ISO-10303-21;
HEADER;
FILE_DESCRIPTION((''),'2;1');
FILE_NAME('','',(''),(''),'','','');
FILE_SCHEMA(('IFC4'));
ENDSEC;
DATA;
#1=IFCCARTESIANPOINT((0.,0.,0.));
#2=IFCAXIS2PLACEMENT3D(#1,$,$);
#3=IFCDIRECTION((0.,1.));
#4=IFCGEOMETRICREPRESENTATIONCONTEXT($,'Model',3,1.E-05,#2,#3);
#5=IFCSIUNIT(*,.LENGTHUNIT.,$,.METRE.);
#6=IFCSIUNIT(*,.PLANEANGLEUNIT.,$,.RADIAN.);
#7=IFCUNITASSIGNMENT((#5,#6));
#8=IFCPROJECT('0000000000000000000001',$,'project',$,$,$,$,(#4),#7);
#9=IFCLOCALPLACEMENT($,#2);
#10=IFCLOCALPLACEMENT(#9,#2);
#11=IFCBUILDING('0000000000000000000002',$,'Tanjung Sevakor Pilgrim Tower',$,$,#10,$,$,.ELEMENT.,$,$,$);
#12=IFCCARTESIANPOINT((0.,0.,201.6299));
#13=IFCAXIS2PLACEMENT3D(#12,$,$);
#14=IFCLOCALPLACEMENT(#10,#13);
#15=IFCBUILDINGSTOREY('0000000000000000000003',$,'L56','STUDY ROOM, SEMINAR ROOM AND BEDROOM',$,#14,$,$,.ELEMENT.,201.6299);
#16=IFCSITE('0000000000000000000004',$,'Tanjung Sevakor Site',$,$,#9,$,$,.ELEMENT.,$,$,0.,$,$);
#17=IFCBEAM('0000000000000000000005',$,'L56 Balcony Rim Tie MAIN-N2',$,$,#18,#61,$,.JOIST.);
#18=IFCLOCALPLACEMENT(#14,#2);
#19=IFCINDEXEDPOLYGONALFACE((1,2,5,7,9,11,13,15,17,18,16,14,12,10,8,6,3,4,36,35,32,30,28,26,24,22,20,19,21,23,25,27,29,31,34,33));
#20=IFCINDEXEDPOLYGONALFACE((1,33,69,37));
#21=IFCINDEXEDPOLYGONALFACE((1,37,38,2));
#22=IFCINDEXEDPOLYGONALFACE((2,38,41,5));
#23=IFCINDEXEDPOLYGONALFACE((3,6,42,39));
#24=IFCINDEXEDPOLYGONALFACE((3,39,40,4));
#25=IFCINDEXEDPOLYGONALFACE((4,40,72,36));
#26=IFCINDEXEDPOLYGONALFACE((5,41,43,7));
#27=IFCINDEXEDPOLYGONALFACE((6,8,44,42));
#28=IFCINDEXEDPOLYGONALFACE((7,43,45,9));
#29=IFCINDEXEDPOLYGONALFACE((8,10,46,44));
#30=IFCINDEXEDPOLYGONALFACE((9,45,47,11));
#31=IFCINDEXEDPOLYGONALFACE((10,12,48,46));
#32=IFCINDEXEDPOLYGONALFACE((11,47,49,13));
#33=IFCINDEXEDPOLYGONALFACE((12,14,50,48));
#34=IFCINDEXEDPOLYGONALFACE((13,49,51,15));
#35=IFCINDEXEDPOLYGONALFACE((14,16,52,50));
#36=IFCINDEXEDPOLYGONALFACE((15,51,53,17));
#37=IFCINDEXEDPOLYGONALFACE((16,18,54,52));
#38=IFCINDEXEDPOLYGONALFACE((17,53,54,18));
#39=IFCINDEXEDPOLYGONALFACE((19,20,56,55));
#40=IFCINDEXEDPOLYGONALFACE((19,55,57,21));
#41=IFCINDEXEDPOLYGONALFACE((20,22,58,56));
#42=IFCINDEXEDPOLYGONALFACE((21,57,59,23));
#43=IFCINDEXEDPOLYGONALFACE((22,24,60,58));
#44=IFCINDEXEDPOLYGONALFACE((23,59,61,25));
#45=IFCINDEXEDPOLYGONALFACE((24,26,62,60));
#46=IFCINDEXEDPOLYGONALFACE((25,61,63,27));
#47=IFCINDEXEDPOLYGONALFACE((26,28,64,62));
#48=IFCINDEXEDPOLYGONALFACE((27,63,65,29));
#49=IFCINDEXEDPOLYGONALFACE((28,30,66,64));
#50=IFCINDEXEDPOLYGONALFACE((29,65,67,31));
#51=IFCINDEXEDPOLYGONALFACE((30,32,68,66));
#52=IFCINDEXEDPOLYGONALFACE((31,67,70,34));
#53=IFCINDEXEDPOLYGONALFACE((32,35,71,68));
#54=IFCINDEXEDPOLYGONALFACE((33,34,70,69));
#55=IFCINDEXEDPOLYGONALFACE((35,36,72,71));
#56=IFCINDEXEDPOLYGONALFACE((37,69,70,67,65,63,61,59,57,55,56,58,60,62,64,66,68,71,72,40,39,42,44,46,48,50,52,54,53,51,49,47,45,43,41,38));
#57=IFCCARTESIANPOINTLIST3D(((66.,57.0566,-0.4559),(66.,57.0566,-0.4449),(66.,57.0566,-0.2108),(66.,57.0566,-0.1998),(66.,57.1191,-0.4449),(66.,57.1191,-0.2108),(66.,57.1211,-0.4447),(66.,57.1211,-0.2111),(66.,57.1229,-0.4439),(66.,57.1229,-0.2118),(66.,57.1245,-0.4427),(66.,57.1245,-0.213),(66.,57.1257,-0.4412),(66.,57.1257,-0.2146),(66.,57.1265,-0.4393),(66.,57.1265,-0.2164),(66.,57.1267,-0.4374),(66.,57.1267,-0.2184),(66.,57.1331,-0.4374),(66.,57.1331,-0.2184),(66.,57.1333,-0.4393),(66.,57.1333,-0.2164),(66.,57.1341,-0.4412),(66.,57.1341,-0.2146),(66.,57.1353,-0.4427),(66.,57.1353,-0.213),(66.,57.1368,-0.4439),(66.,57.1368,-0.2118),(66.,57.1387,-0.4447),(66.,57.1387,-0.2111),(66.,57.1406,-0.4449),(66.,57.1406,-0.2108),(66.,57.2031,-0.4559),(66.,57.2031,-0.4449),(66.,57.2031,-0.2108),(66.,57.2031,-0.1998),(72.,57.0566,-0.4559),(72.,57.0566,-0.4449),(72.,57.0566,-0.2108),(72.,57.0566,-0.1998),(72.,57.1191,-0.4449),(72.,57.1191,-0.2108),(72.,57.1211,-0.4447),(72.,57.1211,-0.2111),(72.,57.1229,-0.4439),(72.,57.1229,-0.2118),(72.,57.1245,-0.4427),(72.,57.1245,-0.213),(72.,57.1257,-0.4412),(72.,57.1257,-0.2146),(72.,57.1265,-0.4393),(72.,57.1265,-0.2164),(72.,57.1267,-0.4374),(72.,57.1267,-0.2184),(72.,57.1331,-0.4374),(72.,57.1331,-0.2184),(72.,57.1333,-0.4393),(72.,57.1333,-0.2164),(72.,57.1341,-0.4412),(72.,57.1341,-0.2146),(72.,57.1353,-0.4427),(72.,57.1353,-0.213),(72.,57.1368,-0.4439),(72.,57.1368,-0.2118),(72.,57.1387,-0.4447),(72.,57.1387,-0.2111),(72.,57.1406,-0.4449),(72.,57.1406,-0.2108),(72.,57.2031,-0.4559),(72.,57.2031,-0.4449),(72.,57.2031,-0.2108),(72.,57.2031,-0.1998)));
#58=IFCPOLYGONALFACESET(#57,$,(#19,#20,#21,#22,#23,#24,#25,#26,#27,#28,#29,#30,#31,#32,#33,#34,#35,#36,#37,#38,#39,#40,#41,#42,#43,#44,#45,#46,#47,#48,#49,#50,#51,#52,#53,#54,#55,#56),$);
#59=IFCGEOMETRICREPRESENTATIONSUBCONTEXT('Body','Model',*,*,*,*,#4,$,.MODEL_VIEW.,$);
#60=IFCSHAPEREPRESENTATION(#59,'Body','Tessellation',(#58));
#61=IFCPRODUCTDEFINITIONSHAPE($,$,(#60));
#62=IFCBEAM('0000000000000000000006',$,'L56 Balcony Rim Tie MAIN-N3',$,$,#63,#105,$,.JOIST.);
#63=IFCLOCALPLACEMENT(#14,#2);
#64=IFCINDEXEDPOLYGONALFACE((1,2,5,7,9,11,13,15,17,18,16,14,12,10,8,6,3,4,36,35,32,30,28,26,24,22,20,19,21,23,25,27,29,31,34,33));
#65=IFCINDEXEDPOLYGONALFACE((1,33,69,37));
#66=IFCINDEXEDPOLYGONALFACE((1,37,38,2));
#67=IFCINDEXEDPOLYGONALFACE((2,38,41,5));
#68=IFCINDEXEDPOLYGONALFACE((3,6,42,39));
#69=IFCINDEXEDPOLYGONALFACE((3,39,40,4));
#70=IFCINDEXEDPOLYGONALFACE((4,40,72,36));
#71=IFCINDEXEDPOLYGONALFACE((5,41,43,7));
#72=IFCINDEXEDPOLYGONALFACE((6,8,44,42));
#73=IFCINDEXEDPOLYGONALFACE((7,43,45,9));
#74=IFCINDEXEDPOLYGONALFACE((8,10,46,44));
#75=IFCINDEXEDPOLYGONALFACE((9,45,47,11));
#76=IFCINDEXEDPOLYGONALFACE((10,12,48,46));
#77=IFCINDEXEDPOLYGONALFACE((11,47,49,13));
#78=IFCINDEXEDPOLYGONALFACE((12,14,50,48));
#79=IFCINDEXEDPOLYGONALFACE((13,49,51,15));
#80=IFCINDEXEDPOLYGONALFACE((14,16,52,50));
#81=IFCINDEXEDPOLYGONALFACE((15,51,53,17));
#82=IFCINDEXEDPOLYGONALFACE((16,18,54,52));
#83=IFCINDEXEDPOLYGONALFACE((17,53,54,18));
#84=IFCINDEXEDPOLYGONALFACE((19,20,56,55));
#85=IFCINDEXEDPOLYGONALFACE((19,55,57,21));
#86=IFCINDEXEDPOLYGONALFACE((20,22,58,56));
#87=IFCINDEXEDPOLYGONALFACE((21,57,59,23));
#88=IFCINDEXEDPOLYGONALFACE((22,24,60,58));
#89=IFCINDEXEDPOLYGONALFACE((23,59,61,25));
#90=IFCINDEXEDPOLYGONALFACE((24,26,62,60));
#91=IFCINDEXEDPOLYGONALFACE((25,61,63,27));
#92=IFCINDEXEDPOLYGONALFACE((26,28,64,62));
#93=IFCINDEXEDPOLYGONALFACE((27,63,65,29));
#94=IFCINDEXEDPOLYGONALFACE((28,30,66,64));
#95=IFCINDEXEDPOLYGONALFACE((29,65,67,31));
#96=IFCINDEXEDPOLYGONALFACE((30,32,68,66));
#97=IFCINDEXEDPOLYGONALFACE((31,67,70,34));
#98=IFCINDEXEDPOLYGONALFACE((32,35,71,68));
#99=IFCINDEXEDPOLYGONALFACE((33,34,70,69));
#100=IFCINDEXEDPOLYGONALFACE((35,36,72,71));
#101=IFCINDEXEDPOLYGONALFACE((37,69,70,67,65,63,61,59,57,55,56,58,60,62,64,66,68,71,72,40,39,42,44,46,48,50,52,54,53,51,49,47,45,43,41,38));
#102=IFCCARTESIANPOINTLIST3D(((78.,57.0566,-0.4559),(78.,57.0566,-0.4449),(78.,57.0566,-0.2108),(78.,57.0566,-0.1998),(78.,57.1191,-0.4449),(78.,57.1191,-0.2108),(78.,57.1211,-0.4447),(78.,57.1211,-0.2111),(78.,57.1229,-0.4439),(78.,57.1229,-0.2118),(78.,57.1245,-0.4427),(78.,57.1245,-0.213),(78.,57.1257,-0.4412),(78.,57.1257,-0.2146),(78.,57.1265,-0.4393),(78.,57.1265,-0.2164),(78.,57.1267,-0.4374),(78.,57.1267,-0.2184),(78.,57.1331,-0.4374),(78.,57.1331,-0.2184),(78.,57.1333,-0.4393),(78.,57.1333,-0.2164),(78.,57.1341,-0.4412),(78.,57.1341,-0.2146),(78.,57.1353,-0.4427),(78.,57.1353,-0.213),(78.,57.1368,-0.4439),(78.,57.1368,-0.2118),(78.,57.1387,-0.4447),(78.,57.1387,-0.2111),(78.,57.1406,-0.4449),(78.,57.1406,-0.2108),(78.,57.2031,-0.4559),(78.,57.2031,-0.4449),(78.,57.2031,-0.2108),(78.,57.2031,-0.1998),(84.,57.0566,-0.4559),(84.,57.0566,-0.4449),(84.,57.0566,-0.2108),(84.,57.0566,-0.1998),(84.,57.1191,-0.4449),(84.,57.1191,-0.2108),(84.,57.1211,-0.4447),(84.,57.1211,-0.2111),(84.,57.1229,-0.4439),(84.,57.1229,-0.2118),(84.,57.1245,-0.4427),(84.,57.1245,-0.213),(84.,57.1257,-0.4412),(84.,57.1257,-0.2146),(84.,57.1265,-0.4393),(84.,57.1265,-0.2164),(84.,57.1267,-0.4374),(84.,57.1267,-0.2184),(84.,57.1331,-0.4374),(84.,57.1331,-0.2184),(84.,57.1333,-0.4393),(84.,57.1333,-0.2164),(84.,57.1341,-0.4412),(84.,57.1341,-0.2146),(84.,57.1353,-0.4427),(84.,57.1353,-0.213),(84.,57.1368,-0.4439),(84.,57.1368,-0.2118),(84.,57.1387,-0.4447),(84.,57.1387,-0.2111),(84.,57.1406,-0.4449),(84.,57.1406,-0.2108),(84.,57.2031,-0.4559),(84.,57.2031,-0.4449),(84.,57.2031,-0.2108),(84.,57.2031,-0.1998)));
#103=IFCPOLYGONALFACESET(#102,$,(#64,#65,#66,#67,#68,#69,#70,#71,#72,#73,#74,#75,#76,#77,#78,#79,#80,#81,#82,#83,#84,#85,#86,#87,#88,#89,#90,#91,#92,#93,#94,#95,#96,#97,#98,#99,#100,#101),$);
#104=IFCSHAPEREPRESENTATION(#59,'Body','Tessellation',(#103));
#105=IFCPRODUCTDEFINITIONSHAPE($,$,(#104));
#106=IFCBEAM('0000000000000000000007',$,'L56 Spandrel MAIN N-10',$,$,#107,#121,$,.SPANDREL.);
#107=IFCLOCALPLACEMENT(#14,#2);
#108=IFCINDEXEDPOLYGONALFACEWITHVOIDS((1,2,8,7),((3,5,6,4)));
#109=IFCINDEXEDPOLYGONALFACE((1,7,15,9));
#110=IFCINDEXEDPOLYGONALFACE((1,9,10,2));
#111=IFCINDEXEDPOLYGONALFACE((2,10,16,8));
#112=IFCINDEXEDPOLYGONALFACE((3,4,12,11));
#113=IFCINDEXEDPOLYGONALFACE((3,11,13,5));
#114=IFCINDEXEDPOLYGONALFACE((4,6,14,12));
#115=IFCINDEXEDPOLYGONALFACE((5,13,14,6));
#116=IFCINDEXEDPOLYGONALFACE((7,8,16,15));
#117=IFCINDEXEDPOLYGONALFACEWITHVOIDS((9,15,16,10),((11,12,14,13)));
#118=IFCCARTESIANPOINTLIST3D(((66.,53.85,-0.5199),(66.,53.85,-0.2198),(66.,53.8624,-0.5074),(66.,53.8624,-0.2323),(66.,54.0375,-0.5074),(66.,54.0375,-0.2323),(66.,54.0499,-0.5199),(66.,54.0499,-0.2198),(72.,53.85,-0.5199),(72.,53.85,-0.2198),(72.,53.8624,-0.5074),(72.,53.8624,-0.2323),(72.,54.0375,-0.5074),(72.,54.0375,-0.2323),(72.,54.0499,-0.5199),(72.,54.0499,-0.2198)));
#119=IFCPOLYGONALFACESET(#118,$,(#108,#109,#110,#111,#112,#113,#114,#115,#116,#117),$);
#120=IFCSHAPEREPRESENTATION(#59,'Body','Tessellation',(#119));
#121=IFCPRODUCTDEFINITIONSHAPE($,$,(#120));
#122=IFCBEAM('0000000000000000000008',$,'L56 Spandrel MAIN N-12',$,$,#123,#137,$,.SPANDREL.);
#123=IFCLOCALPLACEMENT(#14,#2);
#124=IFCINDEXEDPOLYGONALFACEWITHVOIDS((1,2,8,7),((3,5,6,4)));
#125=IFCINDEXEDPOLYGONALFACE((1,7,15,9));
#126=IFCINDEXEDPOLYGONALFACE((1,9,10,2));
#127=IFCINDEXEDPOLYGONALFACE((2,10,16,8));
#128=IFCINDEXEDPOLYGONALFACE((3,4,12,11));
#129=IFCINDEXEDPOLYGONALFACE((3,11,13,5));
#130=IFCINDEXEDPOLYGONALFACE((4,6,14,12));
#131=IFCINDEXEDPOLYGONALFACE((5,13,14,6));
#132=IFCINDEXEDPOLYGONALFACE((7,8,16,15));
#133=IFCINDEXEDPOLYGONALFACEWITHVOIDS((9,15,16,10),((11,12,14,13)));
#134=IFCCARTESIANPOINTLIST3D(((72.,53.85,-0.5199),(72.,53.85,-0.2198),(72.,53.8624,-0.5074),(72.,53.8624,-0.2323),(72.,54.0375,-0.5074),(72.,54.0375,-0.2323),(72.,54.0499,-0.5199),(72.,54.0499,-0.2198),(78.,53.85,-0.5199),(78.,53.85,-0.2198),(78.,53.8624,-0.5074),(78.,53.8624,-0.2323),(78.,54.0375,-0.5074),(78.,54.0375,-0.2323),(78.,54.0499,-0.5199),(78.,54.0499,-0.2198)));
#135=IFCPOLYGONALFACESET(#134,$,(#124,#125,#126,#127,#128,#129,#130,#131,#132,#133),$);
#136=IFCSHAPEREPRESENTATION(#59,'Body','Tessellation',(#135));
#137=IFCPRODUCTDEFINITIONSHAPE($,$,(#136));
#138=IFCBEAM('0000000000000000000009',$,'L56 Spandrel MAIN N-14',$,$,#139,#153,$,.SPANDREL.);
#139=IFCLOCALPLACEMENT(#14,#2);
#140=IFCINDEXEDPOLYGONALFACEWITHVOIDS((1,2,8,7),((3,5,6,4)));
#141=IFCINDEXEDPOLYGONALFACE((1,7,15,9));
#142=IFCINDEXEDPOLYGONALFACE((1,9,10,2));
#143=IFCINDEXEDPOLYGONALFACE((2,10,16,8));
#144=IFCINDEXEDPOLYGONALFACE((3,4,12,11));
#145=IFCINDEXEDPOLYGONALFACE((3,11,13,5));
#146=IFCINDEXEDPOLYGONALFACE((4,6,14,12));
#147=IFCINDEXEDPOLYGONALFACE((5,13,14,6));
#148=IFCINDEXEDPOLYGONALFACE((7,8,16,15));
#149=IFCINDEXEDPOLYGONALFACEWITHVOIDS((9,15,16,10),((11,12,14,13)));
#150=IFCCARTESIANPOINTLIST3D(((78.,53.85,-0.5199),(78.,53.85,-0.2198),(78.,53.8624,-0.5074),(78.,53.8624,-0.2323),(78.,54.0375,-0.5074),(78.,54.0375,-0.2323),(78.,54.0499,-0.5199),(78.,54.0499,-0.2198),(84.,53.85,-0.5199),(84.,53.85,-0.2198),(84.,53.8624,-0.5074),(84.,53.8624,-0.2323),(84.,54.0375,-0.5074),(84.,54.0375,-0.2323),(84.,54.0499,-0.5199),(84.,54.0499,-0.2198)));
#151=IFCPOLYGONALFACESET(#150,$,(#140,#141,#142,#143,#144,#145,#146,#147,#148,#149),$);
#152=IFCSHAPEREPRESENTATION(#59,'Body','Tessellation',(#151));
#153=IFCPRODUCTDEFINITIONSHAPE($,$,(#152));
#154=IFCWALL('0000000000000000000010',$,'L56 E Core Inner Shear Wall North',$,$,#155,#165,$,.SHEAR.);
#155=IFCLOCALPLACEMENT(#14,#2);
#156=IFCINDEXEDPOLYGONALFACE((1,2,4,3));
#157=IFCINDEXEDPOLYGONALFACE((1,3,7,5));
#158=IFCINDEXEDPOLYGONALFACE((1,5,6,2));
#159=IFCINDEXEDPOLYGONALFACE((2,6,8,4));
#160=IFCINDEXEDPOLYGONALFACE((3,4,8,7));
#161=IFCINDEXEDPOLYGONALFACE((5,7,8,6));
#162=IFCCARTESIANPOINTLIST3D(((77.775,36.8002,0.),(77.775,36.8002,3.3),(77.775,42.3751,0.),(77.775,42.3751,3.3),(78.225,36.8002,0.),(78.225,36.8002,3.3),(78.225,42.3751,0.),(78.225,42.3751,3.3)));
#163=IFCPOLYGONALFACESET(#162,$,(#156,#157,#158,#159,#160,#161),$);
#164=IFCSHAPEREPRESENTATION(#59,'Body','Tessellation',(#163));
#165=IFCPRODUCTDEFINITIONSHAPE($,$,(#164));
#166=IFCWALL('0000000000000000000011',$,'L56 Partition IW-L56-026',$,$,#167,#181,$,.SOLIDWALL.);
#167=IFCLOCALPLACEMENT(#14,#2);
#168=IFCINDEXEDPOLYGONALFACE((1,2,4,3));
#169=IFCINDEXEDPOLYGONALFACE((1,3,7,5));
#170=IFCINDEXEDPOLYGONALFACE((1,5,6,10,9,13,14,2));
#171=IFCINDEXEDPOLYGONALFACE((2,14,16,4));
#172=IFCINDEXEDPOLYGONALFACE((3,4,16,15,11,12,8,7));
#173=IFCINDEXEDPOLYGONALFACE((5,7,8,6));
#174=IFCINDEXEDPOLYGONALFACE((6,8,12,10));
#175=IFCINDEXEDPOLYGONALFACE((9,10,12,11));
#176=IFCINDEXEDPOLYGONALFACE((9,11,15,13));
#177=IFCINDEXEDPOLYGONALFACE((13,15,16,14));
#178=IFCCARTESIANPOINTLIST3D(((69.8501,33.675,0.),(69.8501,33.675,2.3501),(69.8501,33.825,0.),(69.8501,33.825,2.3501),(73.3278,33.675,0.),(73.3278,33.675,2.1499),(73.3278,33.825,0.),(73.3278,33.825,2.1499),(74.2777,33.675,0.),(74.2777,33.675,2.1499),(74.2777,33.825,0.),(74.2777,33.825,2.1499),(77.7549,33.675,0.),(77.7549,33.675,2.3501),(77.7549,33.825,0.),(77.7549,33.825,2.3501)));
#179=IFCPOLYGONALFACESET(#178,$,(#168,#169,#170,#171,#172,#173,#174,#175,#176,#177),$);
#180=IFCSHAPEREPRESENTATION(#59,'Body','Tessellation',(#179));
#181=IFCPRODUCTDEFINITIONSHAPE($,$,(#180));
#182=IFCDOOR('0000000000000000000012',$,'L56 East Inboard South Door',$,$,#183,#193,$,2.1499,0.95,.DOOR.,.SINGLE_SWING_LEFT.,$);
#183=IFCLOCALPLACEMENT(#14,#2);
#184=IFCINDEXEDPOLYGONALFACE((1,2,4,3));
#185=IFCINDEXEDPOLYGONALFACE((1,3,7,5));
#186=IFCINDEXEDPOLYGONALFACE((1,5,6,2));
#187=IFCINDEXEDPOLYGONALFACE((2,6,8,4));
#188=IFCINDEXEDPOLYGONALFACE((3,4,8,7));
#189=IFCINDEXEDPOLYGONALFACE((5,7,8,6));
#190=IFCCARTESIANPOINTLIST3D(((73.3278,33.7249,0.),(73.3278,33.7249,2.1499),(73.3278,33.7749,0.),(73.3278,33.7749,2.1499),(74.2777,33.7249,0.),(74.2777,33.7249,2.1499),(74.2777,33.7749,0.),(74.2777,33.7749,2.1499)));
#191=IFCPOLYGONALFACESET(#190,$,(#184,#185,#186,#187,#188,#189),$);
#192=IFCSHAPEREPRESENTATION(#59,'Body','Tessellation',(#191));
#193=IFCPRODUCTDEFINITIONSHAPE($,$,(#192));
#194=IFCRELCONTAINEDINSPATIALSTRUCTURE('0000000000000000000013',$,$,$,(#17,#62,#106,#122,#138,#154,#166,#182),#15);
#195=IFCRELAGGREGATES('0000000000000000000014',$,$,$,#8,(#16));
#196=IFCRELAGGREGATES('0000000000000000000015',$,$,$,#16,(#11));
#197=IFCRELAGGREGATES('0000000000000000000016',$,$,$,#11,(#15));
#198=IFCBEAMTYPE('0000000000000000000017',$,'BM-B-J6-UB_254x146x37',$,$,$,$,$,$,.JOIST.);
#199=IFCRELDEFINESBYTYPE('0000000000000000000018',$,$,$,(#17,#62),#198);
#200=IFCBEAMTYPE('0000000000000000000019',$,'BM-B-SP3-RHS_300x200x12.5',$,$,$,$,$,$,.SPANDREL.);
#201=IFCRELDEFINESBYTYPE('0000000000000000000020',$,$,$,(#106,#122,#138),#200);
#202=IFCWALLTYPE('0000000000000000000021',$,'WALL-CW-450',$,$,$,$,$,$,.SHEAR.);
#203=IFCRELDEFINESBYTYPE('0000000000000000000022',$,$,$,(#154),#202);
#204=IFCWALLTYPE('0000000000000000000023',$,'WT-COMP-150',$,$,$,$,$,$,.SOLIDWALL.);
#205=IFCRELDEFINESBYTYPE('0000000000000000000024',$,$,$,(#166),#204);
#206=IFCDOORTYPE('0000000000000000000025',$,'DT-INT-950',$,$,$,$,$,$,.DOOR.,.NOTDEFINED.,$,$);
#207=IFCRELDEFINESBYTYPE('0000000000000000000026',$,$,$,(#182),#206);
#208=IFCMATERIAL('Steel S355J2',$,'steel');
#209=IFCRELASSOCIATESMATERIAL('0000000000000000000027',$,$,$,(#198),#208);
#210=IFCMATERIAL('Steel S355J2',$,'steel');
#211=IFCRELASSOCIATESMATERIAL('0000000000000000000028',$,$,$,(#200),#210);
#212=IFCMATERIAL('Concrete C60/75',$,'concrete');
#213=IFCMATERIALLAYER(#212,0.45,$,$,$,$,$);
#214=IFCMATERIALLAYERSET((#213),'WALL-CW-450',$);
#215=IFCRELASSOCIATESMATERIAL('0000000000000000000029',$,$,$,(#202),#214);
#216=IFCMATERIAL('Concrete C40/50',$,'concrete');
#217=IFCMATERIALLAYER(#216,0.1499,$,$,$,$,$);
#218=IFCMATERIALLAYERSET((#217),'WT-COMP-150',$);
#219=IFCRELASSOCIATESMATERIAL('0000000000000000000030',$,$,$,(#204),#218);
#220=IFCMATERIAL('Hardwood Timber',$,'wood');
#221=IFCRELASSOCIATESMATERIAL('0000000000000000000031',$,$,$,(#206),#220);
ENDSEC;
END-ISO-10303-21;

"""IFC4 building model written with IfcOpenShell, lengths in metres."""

from ifc_helpers import new_model, si_unit, direction, frame, frame_2d, origin, origin_2d, place, context, subcontext, project, spatial, rectangle, hollow_rectangle, i_section, extrude, material, layer, layer_set, material_profile, profile_set, type_object, element, fill, save


model = new_model("IFC4")

# Units and contexts
model_context = context("Model", 3, precision=1e-05, world=origin(), true_north=direction((0.0, 1.0)))
body_context = subcontext(model_context, "Body", "Model", "MODEL_VIEW")
ifc_project = project(units=[si_unit("LENGTHUNIT", "METRE"), si_unit("PLANEANGLEUNIT", "RADIAN")], contexts=[model_context])

# Site, building, storey
site_placement = place(None, origin())
site = spatial("IfcSite", under=ifc_project, at=site_placement, Name="Tanjung Sevakor Site", CompositionType="ELEMENT", RefElevation=0.0)
building_placement = place(site_placement, origin())
building = spatial("IfcBuilding", under=site, at=building_placement, Name="Tanjung Sevakor Pilgrim Tower", CompositionType="ELEMENT")
storey_placement = place(building_placement, frame((0.0, 0.0, 201.6299)))
storey = spatial("IfcBuildingStorey", under=building, at=storey_placement, Name="L56", Description="STUDY ROOM, SEMINAR ROOM AND BEDROOM", CompositionType="ELEMENT", Elevation=201.6299)

# Beams
ifc_material_1 = material(Name="Steel S355J2", Category="steel")
ifc_material_profile_1 = material_profile(ifc_material_1, i_section(OverallWidth=0.1465, OverallDepth=0.2561, WebThickness=0.0063, FlangeThickness=0.011, FilletRadius=0.0076, at=origin_2d()))
ifc_profile_set_1 = profile_set([ifc_material_profile_1], Name="Steel S355J2")
beam_type_1 = type_object("IfcBeamType", Name="BM-B-J6-UB_254x146x37", PredefinedType="JOIST", material=ifc_profile_set_1)
for number, where, z_axis, x_axis, name in (
    (1, (66.0, 57.1299, -0.3279), (1.0, 0.0, 0.0), (0.0, 1.0, 0.0), "L56 Balcony Rim Tie MAIN-N2"),
    (2, (78.0, 57.1299, -0.3279), (1.0, 0.0, 0.0), (0.0, 1.0, 0.0), "L56 Balcony Rim Tie MAIN-N3"),
):
    element("IfcBeam", number, at=place(storey_placement, frame(where, z_axis=z_axis, x_axis=x_axis)), inside=storey, type_object=beam_type_1, Name=name, PredefinedType="JOIST", context=body_context, shape_type="SweptSolid", body=[
        extrude(i_section(OverallWidth=0.1465, OverallDepth=0.2561, WebThickness=0.0063, FlangeThickness=0.011, FilletRadius=0.0076, at=origin_2d()), origin(), (0.0, 0.0, 1.0), 6.0),
    ])
ifc_material_2 = material(Name="Steel S355J2", Category="steel")
ifc_material_profile_2 = material_profile(ifc_material_2, hollow_rectangle(XDim=0.2, YDim=0.3, WallThickness=0.0125, at=origin_2d()))
ifc_profile_set_2 = profile_set([ifc_material_profile_2], Name="Steel S355J2")
beam_type_2 = type_object("IfcBeamType", Name="BM-B-SP3-RHS_300x200x12.5", PredefinedType="SPANDREL", material=ifc_profile_set_2)
for number, where, z_axis, x_axis, name in (
    (3, (66.0, 53.95, -0.3699), (1.0, 0.0, 0.0), (0.0, 1.0, 0.0), "L56 Spandrel MAIN N-10"),
    (4, (72.0, 53.95, -0.3699), (1.0, 0.0, 0.0), (0.0, 1.0, 0.0), "L56 Spandrel MAIN N-12"),
    (5, (78.0, 53.95, -0.3699), (1.0, 0.0, 0.0), (0.0, 1.0, 0.0), "L56 Spandrel MAIN N-14"),
):
    element("IfcBeam", number, at=place(storey_placement, frame(where, z_axis=z_axis, x_axis=x_axis)), inside=storey, type_object=beam_type_2, Name=name, PredefinedType="SPANDREL", context=body_context, shape_type="SweptSolid", body=[
        extrude(hollow_rectangle(XDim=0.2, YDim=0.3, WallThickness=0.0125, at=origin_2d()), origin(), (0.0, 0.0, 1.0), 6.0),
    ])

# Wall
ifc_material_3 = material(Name="Concrete C60/75", Category="concrete")
ifc_layer_1 = layer(ifc_material_3, 0.45)
ifc_layer_set_1 = layer_set([ifc_layer_1], Name="WALL-CW-450")
wall_type_1 = type_object("IfcWallType", Name="WALL-CW-450", PredefinedType="SHEAR", material=ifc_layer_set_1)
wall_1_placement = place(storey_placement, frame((78.0, 36.8, 0.0), z_axis=(0.0, 0.0, 1.0), x_axis=(0.0, 1.0, 0.0)))
element("IfcWall", 6, at=wall_1_placement, inside=storey, type_object=wall_type_1, Name="L56 E Core Inner Shear Wall North", PredefinedType="SHEAR", context=body_context, shape_type="SweptSolid", body=[
    extrude(rectangle(XDim=5.575, YDim=0.45, at=frame_2d((2.7876, 0.0))), origin(), (0.0, 0.0, 1.0), 3.3),
])

# Wall, opening, door
ifc_material_4 = material(Name="Concrete C40/50", Category="concrete")
ifc_layer_2 = layer(ifc_material_4, 0.1499)
ifc_layer_set_2 = layer_set([ifc_layer_2], Name="WT-COMP-150")
wall_type_2 = type_object("IfcWallType", Name="WT-COMP-150", PredefinedType="SOLIDWALL", material=ifc_layer_set_2)
wall_2_placement = place(storey_placement, frame((69.8501, 33.75, 0.0), z_axis=(0.0, 0.0, 1.0), x_axis=(1.0, 0.0, 0.0)))
wall_2 = element("IfcWall", 7, at=wall_2_placement, inside=storey, type_object=wall_type_2, Name="L56 Partition IW-L56-026", PredefinedType="SOLIDWALL", context=body_context, shape_type="SweptSolid", body=[
    extrude(rectangle(XDim=7.9048, YDim=0.1499, at=frame_2d((3.9524, 0.0))), origin(), (0.0, 0.0, 1.0), 2.3501),
])
opening_1_placement = place(wall_2_placement, frame((3.4775, 0.0, 0.0)))
opening_1 = element("IfcOpeningElement", 8, at=opening_1_placement, cuts=wall_2, PredefinedType="OPENING", context=body_context, shape_type="SweptSolid", body=[
    extrude(rectangle(XDim=0.95, YDim=2.1499, at=frame_2d((0.4751, 1.075))), frame((0.0, 0.085, 0.0), z_axis=(0.0, -1.0, 0.0), x_axis=(1.0, 0.0, 0.0)), (0.0, 0.0, 1.0), 0.1699),
])
ifc_material_5 = material(Name="Hardwood Timber", Category="wood")
door_type_1 = type_object("IfcDoorType", Name="DT-INT-950", OperationType="NOTDEFINED", PredefinedType="DOOR", material=ifc_material_5)
door_1_placement = place(opening_1_placement, origin())
door_1 = element("IfcDoor", 9, at=door_1_placement, inside=storey, type_object=door_type_1, Name="L56 East Inboard South Door", OperationType="SINGLE_SWING_LEFT", OverallHeight=2.1499, OverallWidth=0.95, PredefinedType="DOOR", context=body_context, shape_type="SweptSolid", body=[
    extrude(rectangle(XDim=0.95, YDim=2.1499, at=frame_2d((0.4751, 1.075))), frame((0.0, 0.0249, 0.0), z_axis=(0.0, -1.0, 0.0), x_axis=(1.0, 0.0, 0.0)), (0.0, 0.0, 1.0), 0.05),
])
fill(opening_1, door_1)

save(model, "model.ifc")
